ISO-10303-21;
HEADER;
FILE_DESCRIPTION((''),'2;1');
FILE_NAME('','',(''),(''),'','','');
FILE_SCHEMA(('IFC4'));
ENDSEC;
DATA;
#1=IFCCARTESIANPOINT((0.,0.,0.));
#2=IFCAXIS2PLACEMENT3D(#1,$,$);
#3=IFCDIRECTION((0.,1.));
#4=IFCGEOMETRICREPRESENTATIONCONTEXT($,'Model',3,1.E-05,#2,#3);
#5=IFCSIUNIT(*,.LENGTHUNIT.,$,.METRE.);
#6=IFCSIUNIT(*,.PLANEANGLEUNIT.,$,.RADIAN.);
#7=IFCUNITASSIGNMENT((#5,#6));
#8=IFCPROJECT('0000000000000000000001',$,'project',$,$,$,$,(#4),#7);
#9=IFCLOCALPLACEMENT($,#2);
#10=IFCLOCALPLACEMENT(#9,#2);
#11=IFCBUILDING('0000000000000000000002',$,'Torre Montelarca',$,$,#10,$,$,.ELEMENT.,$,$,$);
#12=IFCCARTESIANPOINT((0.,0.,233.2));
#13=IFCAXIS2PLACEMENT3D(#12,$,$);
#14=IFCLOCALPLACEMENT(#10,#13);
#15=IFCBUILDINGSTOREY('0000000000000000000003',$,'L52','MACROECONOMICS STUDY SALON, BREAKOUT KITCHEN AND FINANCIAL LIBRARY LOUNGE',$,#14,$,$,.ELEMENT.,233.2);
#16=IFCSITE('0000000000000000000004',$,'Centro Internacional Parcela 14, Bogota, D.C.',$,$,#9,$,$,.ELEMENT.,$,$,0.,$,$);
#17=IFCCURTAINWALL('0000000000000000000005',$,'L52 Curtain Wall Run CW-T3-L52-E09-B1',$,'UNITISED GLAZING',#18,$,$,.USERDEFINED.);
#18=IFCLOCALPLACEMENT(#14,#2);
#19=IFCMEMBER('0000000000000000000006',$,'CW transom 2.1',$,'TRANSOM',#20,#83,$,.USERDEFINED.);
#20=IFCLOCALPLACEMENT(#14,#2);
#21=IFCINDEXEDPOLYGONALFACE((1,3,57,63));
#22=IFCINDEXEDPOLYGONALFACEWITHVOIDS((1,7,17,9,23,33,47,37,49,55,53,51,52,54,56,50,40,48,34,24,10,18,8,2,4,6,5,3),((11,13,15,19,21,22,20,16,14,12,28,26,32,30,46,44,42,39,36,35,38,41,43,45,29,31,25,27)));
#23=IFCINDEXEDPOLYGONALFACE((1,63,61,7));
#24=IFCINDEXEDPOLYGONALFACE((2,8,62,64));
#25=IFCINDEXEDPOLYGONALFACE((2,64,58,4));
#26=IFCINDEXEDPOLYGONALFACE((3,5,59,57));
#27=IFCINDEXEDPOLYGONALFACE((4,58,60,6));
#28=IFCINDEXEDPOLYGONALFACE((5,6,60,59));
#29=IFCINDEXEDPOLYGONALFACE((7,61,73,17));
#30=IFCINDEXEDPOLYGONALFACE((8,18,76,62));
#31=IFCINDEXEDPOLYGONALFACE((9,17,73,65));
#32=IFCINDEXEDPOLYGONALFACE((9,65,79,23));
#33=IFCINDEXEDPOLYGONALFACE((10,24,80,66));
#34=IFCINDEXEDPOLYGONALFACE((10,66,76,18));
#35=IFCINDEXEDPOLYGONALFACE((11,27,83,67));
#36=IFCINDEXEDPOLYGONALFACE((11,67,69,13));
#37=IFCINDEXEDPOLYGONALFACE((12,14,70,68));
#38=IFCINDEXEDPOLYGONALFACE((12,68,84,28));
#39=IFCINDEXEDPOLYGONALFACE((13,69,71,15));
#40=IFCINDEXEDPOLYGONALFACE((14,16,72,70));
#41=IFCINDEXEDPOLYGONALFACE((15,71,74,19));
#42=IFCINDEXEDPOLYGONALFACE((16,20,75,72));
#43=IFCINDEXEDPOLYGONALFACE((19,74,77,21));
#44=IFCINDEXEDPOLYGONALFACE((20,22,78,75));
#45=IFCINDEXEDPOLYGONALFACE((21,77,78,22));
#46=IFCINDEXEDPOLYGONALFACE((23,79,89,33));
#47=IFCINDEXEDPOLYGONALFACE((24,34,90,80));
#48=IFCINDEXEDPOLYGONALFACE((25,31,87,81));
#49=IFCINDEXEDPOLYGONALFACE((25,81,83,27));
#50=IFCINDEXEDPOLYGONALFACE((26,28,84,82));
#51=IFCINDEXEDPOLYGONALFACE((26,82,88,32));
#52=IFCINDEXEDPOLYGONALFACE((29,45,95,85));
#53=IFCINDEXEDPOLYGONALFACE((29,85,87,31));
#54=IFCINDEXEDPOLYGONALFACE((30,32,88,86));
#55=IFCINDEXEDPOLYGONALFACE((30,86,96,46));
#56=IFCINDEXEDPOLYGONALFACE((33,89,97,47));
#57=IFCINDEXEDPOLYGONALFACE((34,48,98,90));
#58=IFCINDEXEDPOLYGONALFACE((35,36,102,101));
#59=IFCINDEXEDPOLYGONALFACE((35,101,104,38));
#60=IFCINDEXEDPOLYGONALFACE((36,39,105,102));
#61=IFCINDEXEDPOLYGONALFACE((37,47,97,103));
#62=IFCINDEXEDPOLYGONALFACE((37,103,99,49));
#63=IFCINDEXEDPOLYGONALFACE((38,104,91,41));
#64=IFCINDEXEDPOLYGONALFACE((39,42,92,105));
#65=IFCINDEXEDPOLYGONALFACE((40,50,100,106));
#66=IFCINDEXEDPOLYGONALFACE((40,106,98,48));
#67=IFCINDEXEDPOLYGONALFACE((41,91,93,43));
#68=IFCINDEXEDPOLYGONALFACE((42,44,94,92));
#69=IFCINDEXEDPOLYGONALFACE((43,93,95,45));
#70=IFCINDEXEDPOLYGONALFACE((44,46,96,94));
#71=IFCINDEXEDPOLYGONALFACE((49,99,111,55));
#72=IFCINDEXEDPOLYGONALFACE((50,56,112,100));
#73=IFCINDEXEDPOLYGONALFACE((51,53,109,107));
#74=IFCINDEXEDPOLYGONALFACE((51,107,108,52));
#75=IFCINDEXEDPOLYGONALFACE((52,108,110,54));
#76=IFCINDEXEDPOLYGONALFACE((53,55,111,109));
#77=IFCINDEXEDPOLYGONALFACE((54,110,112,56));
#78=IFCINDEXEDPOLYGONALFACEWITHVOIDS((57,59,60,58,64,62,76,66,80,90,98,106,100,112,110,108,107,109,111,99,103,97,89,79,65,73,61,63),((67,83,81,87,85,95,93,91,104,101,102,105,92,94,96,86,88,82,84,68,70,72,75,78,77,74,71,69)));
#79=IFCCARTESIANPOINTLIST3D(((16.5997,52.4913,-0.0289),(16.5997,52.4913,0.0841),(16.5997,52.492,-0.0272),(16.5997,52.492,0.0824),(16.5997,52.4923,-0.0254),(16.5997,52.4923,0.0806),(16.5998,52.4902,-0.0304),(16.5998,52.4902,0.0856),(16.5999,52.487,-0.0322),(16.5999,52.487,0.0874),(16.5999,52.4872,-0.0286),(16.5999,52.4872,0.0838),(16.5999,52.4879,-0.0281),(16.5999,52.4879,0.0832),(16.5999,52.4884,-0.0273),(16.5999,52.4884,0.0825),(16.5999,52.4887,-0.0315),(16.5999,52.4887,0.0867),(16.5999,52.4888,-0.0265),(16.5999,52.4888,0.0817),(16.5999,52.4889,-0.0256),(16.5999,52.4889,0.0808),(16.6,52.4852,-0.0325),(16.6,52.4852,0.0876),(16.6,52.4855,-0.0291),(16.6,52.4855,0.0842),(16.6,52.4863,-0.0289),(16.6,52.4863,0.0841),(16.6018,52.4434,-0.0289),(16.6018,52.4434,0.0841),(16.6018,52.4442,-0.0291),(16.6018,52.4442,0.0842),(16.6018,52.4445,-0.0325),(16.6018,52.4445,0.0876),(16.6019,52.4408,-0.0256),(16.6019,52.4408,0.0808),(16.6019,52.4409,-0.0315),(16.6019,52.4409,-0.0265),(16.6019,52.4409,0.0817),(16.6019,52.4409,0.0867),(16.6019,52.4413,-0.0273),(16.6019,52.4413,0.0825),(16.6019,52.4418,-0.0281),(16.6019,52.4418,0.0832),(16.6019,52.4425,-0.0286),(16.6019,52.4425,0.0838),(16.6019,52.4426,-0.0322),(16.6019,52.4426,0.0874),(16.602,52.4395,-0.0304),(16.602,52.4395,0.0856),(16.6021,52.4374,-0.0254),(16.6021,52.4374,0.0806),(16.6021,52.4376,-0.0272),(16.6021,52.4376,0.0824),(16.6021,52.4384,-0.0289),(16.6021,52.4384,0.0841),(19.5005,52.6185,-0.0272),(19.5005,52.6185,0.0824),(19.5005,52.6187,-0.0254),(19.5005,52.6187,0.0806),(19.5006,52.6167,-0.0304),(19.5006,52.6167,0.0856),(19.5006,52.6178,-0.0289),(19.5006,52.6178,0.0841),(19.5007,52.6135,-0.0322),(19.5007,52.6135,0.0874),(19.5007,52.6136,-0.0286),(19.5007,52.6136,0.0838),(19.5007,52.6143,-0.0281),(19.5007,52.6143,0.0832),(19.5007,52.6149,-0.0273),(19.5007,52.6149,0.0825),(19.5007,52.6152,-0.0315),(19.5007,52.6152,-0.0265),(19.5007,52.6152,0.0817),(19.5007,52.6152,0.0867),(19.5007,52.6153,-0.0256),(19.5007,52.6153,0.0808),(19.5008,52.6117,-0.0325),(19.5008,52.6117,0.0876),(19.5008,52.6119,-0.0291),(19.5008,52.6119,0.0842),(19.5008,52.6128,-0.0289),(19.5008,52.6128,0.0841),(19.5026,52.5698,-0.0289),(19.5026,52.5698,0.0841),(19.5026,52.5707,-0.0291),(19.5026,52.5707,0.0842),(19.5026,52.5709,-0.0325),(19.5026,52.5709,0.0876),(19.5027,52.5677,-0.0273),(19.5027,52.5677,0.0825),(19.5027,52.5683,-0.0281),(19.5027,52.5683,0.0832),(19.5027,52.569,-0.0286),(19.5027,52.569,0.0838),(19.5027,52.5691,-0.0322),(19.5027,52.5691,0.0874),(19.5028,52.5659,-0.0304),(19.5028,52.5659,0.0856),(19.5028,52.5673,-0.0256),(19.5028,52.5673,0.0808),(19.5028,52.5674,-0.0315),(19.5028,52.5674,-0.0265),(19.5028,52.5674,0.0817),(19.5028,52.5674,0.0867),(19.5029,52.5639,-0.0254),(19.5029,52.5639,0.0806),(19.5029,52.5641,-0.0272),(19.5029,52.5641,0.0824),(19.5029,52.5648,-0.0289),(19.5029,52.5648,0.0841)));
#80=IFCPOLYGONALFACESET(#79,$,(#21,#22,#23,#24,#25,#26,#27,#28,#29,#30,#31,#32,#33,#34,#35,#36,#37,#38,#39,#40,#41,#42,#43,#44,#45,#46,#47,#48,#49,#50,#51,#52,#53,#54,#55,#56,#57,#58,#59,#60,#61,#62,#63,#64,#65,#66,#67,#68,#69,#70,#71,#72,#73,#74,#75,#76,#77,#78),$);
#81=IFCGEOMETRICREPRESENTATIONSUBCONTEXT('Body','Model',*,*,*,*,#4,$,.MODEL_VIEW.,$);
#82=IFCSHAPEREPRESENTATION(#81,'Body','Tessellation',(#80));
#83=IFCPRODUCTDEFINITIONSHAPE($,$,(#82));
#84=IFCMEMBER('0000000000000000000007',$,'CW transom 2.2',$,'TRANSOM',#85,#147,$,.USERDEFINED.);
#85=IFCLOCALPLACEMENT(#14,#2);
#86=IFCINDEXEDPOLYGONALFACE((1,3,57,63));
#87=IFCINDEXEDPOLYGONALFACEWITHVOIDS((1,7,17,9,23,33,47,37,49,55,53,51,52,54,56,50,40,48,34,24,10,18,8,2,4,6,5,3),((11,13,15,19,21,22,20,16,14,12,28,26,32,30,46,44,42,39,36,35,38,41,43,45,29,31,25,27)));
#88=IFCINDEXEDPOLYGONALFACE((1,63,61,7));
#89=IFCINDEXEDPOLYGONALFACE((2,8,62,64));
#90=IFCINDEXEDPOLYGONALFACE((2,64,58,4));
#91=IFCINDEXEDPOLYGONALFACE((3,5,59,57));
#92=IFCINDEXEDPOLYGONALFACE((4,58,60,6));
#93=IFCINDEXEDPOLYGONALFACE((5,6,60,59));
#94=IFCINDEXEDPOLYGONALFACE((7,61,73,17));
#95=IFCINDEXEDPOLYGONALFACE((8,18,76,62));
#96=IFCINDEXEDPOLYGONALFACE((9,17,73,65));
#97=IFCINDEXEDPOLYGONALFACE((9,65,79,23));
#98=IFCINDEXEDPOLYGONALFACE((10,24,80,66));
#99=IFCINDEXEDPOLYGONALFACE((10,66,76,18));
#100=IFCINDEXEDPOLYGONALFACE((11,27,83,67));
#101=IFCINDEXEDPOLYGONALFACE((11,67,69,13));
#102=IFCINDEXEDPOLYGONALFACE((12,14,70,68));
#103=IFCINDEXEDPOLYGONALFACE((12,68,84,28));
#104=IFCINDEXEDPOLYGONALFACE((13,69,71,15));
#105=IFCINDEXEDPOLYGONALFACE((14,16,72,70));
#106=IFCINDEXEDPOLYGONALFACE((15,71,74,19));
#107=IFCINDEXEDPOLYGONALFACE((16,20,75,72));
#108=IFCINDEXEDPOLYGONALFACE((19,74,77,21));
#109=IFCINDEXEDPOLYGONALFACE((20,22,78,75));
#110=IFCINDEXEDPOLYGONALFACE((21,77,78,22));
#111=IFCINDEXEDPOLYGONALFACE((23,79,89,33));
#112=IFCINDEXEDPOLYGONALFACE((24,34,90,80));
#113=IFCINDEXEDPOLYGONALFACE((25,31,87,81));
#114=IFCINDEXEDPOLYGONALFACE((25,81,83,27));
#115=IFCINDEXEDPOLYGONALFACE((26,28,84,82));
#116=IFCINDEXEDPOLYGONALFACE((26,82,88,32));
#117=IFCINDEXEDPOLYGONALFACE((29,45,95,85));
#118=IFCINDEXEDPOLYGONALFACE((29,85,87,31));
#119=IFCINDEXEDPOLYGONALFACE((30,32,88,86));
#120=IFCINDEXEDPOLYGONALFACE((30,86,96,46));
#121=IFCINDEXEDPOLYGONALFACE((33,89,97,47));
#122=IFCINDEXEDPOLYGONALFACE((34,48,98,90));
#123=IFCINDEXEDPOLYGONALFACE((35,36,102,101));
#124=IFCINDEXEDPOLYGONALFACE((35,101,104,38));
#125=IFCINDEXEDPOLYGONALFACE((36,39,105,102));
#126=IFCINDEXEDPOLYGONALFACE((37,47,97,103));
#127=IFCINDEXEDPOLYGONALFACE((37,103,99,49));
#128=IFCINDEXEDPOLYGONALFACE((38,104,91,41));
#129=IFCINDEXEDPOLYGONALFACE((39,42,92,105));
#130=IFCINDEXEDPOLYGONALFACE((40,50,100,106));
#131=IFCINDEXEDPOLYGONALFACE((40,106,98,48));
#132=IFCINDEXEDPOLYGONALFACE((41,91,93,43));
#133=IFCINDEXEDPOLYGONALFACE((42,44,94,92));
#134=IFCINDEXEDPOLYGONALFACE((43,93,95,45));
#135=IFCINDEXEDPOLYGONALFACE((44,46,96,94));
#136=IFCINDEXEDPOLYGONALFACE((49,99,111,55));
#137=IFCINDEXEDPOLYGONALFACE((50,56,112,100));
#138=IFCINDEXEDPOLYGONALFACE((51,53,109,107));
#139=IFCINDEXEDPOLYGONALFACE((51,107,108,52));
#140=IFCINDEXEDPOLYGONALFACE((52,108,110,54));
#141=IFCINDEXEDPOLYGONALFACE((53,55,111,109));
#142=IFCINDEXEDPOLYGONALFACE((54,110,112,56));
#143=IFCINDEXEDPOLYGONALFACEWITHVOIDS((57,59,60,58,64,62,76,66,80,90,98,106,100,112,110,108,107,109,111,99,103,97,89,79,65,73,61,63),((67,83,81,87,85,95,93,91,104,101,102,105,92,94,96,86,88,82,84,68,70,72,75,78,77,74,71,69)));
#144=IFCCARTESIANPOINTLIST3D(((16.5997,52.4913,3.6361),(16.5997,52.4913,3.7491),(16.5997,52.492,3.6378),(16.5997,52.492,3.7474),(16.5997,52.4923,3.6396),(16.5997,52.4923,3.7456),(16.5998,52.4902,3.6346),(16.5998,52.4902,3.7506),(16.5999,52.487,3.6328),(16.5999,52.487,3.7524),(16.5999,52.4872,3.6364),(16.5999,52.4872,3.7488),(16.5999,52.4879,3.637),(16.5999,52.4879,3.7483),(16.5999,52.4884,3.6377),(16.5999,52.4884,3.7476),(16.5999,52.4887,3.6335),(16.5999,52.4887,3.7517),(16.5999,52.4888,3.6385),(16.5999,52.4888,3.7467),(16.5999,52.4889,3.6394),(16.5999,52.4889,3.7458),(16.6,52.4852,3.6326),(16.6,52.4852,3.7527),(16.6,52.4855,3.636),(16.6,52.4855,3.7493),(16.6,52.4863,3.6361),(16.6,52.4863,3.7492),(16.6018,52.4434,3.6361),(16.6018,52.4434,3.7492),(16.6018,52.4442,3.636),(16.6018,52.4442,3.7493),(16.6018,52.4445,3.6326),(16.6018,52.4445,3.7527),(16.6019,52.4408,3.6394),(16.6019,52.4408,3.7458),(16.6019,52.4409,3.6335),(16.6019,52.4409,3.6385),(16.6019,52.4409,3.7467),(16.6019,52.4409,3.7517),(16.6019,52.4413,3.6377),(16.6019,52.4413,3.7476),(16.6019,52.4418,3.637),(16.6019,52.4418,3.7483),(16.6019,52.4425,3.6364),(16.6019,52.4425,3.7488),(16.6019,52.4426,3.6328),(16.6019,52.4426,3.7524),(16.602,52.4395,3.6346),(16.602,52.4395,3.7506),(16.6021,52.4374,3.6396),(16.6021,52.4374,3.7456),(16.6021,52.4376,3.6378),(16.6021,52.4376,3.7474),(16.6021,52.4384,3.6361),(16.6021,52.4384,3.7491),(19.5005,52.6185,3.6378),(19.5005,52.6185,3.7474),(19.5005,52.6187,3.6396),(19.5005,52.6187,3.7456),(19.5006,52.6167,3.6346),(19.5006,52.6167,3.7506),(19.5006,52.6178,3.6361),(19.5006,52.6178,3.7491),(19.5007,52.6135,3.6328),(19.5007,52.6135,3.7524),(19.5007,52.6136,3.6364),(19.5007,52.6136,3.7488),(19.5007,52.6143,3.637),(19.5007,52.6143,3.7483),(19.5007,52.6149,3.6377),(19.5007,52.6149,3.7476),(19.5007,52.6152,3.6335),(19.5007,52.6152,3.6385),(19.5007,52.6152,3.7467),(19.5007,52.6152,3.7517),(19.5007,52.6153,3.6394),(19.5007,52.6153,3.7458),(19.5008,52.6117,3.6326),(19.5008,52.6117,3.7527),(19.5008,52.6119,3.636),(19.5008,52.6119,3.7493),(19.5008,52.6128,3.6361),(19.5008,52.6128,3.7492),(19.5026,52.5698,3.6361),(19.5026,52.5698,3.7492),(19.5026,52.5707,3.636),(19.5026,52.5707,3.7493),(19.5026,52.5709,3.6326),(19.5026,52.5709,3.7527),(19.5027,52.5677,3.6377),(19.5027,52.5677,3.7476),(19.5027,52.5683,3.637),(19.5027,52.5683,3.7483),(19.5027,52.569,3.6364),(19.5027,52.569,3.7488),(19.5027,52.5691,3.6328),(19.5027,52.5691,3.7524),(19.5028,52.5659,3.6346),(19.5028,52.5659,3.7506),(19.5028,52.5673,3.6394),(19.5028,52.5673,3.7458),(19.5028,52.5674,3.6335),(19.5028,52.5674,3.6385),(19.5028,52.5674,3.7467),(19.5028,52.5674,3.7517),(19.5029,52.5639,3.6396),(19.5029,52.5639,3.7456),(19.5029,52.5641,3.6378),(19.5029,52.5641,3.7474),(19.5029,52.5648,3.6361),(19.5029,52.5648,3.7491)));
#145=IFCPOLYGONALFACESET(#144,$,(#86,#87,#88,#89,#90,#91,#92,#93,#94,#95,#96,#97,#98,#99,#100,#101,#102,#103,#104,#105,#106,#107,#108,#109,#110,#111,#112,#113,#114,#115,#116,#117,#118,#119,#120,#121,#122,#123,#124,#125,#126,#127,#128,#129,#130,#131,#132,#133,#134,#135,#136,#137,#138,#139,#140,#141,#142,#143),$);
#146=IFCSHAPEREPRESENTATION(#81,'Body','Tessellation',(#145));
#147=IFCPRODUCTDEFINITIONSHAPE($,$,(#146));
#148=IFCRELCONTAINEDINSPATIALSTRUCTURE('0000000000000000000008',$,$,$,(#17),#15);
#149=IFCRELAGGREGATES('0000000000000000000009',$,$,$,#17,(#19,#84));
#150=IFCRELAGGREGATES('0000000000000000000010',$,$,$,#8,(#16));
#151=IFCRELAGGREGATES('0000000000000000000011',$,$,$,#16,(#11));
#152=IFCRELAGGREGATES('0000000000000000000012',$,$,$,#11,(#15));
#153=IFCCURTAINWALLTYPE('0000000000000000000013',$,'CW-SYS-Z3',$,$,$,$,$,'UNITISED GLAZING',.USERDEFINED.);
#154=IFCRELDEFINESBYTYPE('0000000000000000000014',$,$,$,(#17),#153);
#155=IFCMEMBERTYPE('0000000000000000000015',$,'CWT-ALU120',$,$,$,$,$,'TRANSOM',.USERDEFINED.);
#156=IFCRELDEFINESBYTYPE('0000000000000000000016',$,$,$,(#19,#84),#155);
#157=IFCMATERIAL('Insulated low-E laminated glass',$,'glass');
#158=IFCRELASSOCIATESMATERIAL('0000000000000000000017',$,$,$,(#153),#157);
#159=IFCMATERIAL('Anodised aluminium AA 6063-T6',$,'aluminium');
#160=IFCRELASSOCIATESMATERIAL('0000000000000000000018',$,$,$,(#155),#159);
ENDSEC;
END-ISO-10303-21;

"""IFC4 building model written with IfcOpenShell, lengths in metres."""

from ifc_helpers import new_model, si_unit, direction, frame, origin, origin_2d, place, context, subcontext, project, spatial, hollow_rectangle, extrude, source, transform, mapped, material, material_profile, profile_set, type_object, element, aggregate, save


model = new_model("IFC4")

# Units and contexts
model_context = context("Model", 3, precision=1e-05, world=origin(), true_north=direction((0.0, 1.0)))
body_context = subcontext(model_context, "Body", "Model", "MODEL_VIEW")
ifc_project = project(units=[si_unit("LENGTHUNIT", "METRE"), si_unit("PLANEANGLEUNIT", "RADIAN")], contexts=[model_context])

# Site, building, storey
site_placement = place(None, origin())
site = spatial("IfcSite", under=ifc_project, at=site_placement, Name="Centro Internacional Parcela 14, Bogota, D.C.", CompositionType="ELEMENT", RefElevation=0.0)
building_placement = place(site_placement, origin())
building = spatial("IfcBuilding", under=site, at=building_placement, Name="Torre Montelarca", CompositionType="ELEMENT")
storey_placement = place(building_placement, frame((0.0, 0.0, 233.2)))
storey = spatial("IfcBuildingStorey", under=building, at=storey_placement, Name="L52", Description="MACROECONOMICS STUDY SALON, BREAKOUT KITCHEN AND FINANCIAL LIBRARY LOUNGE", CompositionType="ELEMENT", Elevation=233.2)

# Curtain wall, members
ifc_material_1 = material(Name="Insulated low-E laminated glass", Category="glass")
curtain_wall_type = type_object("IfcCurtainWallType", Name="CW-SYS-Z3", ElementType="UNITISED GLAZING", PredefinedType="USERDEFINED", material=ifc_material_1)
curtain_wall_1_placement = place(storey_placement, origin())
curtain_wall_1 = element("IfcCurtainWall", 1, at=curtain_wall_1_placement, inside=storey, type_object=curtain_wall_type, Name="L52 Curtain Wall Run CW-T3-L52-E09-B1", ObjectType="UNITISED GLAZING", PredefinedType="USERDEFINED")
ifc_material_2 = material(Name="Anodised aluminium AA 6063-T6", Category="aluminium")
ifc_material_profile_1 = material_profile(ifc_material_2, hollow_rectangle(XDim=0.0549, YDim=0.1201, WallThickness=0.0034, InnerFilletRadius=0.0034, OuterFilletRadius=0.0071, at=origin_2d()), Name="ALU55X120X3.5", Category="aluminium")
ifc_profile_set_1 = profile_set([ifc_material_profile_1], Name="Anodised aluminium AA 6063-T6")
member_type_1 = type_object("IfcMemberType", Name="CWT-ALU120", ElementType="TRANSOM", PredefinedType="USERDEFINED", material=ifc_profile_set_1)
shared_shape_1 = source(origin(), body_context, "Body", "SweptSolid", [
    extrude(hollow_rectangle(XDim=0.0549, YDim=0.1201, WallThickness=0.0034, InnerFilletRadius=0.0034, OuterFilletRadius=0.0071, at=origin_2d()), origin(), (0.0, 0.0, 1.0), 2.9036),
])
member_1_placement = place(storey_placement, frame((19.5017, 52.5913, 0.0276), z_axis=(-0.999051, -0.043554, 0.0), x_axis=(0.043554, -0.999051, 0.0)))
member_1 = element("IfcMember", 2, at=member_1_placement, type_object=member_type_1, Name="CW transom 2.1", ObjectType="TRANSOM", PredefinedType="USERDEFINED", context=body_context, shape_type="MappedRepresentation", body=[
    mapped(shared_shape_1, transform((0.0, 0.0, 0.0), scale=1.0)),
])
member_2_placement = place(storey_placement, frame((19.5017, 52.5913, 3.6926), z_axis=(-0.999051, -0.043554, 0.0), x_axis=(0.043554, -0.999051, 0.0)))
member_2 = element("IfcMember", 3, at=member_2_placement, type_object=member_type_1, Name="CW transom 2.2", ObjectType="TRANSOM", PredefinedType="USERDEFINED", context=body_context, shape_type="MappedRepresentation", body=[
    mapped(shared_shape_1, transform((0.0, 0.0, 0.0), scale=1.0)),
])

aggregate(curtain_wall_1, [member_1, member_2])

save(model, "model.ifc")
